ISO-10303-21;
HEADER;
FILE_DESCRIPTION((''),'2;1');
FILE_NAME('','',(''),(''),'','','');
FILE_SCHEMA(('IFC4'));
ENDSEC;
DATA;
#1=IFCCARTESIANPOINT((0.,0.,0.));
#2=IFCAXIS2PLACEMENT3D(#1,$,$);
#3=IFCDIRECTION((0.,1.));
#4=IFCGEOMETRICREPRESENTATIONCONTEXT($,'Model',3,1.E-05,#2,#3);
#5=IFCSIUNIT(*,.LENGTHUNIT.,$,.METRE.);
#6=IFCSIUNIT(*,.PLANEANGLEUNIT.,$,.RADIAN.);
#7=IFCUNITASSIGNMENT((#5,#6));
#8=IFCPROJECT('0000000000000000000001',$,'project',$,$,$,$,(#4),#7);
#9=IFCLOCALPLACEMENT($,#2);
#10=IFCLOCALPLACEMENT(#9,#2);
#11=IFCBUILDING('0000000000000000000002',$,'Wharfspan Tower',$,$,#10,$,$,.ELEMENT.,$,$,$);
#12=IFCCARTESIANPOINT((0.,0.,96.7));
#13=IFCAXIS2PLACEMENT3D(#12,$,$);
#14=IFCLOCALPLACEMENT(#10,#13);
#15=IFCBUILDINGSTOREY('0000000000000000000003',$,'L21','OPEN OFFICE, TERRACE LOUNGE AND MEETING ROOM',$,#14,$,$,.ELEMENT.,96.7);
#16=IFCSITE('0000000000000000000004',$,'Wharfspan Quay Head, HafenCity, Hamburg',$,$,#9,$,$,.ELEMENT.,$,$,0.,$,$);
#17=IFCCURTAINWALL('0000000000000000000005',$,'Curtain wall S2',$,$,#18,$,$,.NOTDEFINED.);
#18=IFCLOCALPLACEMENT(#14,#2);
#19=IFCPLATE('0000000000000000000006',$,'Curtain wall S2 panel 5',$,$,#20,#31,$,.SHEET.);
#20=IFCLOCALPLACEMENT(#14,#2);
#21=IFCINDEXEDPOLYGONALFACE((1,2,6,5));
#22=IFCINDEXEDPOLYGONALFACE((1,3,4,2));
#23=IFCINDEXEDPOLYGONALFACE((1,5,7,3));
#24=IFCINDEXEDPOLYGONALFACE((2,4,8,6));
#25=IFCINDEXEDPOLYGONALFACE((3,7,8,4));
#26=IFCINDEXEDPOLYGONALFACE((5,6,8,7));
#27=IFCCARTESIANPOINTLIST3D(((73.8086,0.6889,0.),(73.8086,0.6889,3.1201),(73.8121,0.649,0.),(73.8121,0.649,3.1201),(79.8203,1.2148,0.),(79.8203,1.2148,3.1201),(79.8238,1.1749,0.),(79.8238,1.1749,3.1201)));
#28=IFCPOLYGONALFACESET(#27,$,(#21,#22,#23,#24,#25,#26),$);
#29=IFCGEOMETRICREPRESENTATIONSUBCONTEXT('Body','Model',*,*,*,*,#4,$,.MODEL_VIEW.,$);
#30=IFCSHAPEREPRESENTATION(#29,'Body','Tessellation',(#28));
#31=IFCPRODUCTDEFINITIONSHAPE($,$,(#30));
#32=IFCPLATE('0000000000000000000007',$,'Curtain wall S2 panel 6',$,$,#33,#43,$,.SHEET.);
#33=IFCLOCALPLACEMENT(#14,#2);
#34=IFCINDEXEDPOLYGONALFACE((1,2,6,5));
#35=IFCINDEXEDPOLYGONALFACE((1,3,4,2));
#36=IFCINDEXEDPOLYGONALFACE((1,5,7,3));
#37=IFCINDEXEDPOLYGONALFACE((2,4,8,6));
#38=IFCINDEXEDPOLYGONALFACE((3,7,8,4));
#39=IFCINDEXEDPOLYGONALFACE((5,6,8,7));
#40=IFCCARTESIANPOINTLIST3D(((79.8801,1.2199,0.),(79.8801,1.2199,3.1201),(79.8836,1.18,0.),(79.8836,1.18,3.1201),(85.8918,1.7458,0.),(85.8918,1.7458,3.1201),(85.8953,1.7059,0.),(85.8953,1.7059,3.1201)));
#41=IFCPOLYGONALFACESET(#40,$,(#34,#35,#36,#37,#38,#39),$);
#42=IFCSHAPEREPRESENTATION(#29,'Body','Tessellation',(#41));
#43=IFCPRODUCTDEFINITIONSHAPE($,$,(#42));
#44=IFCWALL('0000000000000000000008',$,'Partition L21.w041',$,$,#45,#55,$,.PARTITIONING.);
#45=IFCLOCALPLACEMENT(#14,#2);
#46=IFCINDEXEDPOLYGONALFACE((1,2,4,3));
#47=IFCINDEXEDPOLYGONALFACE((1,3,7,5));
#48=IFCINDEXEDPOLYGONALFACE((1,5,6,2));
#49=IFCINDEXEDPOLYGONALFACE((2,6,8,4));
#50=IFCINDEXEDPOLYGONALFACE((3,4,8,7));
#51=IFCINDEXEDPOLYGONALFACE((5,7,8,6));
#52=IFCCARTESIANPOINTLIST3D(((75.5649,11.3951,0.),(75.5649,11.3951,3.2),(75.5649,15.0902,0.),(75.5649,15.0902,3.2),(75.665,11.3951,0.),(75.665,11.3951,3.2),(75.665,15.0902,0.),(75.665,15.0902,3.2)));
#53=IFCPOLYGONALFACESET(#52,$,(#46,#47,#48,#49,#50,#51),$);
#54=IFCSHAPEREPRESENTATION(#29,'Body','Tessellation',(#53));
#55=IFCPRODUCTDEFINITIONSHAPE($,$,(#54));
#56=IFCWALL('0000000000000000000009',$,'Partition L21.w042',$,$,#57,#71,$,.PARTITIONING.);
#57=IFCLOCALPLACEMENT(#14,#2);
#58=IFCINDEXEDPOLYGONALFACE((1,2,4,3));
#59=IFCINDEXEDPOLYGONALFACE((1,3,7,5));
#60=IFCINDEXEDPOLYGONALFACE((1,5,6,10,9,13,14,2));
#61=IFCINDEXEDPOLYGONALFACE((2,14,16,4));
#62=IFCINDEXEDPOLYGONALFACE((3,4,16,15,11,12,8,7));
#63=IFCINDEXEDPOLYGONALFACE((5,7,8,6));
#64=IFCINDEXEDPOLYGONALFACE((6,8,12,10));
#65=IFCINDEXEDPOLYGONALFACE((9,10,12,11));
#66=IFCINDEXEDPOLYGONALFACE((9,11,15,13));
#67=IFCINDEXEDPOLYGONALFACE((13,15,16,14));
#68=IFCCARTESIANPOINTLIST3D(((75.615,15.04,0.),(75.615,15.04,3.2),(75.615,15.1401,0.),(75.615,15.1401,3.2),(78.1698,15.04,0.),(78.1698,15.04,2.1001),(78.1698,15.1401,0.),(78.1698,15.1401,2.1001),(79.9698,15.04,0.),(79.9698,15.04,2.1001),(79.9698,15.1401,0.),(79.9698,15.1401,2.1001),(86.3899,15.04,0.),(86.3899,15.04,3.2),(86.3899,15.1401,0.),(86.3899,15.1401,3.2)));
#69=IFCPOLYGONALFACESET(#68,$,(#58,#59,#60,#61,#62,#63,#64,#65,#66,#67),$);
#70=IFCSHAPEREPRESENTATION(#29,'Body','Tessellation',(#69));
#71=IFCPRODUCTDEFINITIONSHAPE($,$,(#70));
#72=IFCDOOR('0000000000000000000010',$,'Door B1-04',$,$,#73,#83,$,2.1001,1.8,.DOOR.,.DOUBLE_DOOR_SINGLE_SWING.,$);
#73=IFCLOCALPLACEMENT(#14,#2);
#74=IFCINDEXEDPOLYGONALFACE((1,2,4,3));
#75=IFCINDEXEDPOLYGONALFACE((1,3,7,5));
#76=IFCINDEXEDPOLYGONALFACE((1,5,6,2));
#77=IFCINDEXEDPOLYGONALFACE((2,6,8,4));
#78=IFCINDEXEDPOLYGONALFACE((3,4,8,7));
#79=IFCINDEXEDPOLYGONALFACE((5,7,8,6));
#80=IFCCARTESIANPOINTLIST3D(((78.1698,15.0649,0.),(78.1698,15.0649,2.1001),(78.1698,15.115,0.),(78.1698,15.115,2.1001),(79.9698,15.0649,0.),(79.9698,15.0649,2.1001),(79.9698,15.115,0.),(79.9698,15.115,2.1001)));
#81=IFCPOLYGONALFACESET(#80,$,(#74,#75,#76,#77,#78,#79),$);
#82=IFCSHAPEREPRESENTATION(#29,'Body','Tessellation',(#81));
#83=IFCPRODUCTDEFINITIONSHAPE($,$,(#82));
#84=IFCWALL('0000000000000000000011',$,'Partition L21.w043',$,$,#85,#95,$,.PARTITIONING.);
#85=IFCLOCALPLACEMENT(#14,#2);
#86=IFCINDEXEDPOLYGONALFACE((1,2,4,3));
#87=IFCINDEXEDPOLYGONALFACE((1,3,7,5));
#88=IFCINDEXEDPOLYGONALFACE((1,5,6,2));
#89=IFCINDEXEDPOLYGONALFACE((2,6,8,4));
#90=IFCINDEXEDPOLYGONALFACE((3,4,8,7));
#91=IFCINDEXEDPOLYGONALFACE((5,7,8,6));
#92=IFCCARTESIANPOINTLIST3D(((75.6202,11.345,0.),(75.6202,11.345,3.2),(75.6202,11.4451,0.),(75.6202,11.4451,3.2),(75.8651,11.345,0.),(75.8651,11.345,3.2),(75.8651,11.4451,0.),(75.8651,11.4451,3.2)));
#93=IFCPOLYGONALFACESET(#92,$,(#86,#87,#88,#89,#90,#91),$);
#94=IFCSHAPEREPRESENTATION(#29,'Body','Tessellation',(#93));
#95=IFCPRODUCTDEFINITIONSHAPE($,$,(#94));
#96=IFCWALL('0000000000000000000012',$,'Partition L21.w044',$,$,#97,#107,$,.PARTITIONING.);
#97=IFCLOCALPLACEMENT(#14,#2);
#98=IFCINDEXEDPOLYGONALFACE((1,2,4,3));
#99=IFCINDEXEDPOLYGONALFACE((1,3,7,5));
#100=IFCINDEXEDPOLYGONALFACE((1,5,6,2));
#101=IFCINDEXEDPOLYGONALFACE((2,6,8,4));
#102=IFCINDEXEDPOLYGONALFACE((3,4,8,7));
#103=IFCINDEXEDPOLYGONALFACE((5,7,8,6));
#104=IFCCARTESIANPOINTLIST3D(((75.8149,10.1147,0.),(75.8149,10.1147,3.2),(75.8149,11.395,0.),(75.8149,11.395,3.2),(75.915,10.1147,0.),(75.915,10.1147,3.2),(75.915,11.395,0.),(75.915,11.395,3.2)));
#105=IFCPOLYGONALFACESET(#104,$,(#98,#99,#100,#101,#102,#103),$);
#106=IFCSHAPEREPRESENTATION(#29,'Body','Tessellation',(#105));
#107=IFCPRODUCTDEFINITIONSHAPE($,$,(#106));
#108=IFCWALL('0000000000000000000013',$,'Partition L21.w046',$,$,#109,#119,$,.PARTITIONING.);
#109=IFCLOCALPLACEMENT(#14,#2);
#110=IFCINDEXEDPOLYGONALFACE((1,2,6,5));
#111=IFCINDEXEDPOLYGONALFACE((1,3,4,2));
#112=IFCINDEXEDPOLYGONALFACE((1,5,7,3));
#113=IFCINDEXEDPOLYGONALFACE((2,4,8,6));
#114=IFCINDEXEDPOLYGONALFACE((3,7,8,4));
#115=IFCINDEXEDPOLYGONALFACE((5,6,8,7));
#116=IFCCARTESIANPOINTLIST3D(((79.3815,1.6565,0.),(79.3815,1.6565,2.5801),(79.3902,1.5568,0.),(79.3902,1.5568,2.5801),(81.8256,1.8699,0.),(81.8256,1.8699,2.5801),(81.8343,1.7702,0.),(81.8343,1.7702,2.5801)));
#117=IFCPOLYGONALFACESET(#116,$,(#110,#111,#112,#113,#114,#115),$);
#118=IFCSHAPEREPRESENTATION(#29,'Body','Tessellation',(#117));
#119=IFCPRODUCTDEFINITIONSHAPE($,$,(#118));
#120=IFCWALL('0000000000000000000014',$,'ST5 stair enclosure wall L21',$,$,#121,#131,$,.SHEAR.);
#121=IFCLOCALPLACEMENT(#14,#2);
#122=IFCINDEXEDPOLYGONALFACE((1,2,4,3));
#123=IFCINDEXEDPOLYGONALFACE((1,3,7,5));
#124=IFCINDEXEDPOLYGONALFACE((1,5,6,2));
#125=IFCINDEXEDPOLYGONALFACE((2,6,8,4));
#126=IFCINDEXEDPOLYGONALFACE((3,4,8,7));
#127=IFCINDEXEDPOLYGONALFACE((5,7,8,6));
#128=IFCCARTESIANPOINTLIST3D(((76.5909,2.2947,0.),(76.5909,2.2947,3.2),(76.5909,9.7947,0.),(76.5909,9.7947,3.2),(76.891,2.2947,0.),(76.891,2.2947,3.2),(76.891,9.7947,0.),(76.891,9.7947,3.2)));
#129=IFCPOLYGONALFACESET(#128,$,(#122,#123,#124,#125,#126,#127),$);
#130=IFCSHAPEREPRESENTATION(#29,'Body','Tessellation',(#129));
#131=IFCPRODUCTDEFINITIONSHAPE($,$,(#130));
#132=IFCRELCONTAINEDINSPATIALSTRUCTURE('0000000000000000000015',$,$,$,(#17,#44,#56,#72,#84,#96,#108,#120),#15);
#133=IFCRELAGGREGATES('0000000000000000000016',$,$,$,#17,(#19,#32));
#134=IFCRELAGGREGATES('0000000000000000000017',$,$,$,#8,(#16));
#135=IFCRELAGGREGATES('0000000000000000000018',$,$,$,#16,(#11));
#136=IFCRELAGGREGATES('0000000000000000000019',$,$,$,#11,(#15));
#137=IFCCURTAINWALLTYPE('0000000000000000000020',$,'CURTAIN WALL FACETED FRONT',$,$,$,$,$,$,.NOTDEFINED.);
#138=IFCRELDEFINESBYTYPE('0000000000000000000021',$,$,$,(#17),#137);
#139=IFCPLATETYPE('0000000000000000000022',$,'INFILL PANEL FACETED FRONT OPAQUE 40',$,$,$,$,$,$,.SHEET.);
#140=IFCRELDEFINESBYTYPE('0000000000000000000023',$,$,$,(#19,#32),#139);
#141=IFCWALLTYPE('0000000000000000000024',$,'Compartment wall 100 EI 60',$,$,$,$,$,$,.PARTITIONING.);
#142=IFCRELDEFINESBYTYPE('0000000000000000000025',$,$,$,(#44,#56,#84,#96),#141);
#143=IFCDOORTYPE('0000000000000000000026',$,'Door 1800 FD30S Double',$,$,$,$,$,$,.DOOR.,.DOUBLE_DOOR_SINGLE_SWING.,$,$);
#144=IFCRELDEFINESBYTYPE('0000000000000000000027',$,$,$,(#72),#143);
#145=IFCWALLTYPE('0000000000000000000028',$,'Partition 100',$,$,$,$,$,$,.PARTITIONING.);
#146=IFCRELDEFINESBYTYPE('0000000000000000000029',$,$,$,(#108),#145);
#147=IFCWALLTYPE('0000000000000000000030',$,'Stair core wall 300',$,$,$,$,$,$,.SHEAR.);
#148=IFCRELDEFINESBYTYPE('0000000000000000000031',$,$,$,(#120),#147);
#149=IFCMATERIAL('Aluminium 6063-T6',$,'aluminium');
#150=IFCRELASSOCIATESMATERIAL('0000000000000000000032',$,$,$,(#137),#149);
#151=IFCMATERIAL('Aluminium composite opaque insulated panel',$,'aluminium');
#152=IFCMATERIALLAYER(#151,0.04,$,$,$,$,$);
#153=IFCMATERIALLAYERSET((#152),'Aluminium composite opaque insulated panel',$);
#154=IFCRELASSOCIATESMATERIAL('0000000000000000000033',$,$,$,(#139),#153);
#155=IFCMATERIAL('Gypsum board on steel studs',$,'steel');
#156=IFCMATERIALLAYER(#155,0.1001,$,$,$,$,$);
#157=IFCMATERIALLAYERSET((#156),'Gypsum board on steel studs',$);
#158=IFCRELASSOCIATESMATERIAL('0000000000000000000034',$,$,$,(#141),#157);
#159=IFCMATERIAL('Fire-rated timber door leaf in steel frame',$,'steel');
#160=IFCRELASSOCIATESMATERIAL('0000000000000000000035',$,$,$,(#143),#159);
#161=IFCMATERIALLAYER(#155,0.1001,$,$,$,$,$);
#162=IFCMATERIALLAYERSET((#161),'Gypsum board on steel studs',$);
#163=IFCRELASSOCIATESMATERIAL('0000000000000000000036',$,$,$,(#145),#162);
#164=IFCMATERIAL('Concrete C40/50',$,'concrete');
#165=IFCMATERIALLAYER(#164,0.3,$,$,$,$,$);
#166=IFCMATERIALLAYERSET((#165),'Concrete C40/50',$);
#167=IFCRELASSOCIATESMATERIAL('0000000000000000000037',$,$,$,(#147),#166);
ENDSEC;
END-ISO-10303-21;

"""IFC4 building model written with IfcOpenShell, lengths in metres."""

from ifc_helpers import new_model, si_unit, direction, frame, frame_2d, origin, origin_2d, place, context, subcontext, project, spatial, rectangle, extrude, material, layer, layer_set, type_object, element, fill, aggregate, save


model = new_model("IFC4")

# Units and contexts
model_context = context("Model", 3, precision=1e-05, world=origin(), true_north=direction((0.0, 1.0)))
body_context = subcontext(model_context, "Body", "Model", "MODEL_VIEW")
ifc_project = project(units=[si_unit("LENGTHUNIT", "METRE"), si_unit("PLANEANGLEUNIT", "RADIAN")], contexts=[model_context])

# Site, building, storey
site_placement = place(None, origin())
site = spatial("IfcSite", under=ifc_project, at=site_placement, Name="Wharfspan Quay Head, HafenCity, Hamburg", CompositionType="ELEMENT", RefElevation=0.0)
building_placement = place(site_placement, origin())
building = spatial("IfcBuilding", under=site, at=building_placement, Name="Wharfspan Tower", CompositionType="ELEMENT")
storey_placement = place(building_placement, frame((0.0, 0.0, 96.7)))
storey = spatial("IfcBuildingStorey", under=building, at=storey_placement, Name="L21", Description="OPEN OFFICE, TERRACE LOUNGE AND MEETING ROOM", CompositionType="ELEMENT", Elevation=96.7)

# Curtain wall
ifc_material_1 = material(Name="Aluminium 6063-T6", Category="aluminium")
curtain_wall_type = type_object("IfcCurtainWallType", Name="CURTAIN WALL FACETED FRONT", PredefinedType="NOTDEFINED", material=ifc_material_1)
curtain_wall_placement = place(storey_placement, origin())
curtain_wall = element("IfcCurtainWall", 1, at=curtain_wall_placement, inside=storey, type_object=curtain_wall_type, Name="Curtain wall S2", PredefinedType="NOTDEFINED")

# Plates
ifc_material_2 = material(Name="Aluminium composite opaque insulated panel", Category="aluminium")
ifc_layer_1 = layer(ifc_material_2, 0.04)
ifc_layer_set_1 = layer_set([ifc_layer_1], Name="Aluminium composite opaque insulated panel")
plate_type = type_object("IfcPlateType", Name="INFILL PANEL FACETED FRONT OPAQUE 40", PredefinedType="SHEET", material=ifc_layer_set_1)
plate_1_placement = place(storey_placement, frame((76.8162, 0.9319, 0.0), z_axis=(0.0, 0.0, 1.0), x_axis=(0.996198, 0.087156, 0.0)))
plate_1 = element("IfcPlate", 2, at=plate_1_placement, type_object=plate_type, Name="Curtain wall S2 panel 5", PredefinedType="SHEET", context=body_context, shape_type="SweptSolid", body=[
    extrude(rectangle(XDim=6.0347, YDim=0.04, at=origin_2d()), origin(), (0.0, 0.0, 1.0), 3.1201),
])
plate_2_placement = place(storey_placement, frame((82.8877, 1.4629, 0.0), z_axis=(0.0, 0.0, 1.0), x_axis=(0.996198, 0.087156, 0.0)))
plate_2 = element("IfcPlate", 3, at=plate_2_placement, type_object=plate_type, Name="Curtain wall S2 panel 6", PredefinedType="SHEET", context=body_context, shape_type="SweptSolid", body=[
    extrude(rectangle(XDim=6.0347, YDim=0.04, at=origin_2d()), origin(), (0.0, 0.0, 1.0), 3.1201),
])
aggregate(curtain_wall, [plate_1, plate_2])

# Wall
ifc_material_3 = material(Name="Gypsum board on steel studs", Category="steel")
ifc_layer_2 = layer(ifc_material_3, 0.1001)
ifc_layer_set_2 = layer_set([ifc_layer_2], Name="Gypsum board on steel studs")
wall_type_1 = type_object("IfcWallType", Name="Compartment wall 100 EI 60", PredefinedType="PARTITIONING", material=ifc_layer_set_2)
wall_1_placement = place(storey_placement, frame((75.615, 11.395, 0.0), z_axis=(0.0, 0.0, 1.0), x_axis=(0.0, 1.0, 0.0)))
element("IfcWall", 4, at=wall_1_placement, inside=storey, type_object=wall_type_1, Name="Partition L21.w041", PredefinedType="PARTITIONING", context=body_context, shape_type="SweptSolid", body=[
    extrude(rectangle(XDim=3.6951, YDim=0.1001, at=frame_2d((1.8477, 0.0))), origin(), (0.0, 0.0, 1.0), 3.2),
])

# Wall, opening, door
wall_2_placement = place(storey_placement, frame((75.615, 15.0901, 0.0), z_axis=(0.0, 0.0, 1.0), x_axis=(1.0, 0.0, 0.0)))
wall_2 = element("IfcWall", 5, at=wall_2_placement, inside=storey, type_object=wall_type_1, Name="Partition L21.w042", PredefinedType="PARTITIONING", context=body_context, shape_type="SweptSolid", body=[
    extrude(rectangle(XDim=10.7749, YDim=0.1001, at=frame_2d((5.3875, 0.0))), origin(), (0.0, 0.0, 1.0), 3.2),
])
opening_placement = place(wall_2_placement, frame((2.5549, 0.0, 0.0)))
opening = element("IfcOpeningElement", 6, at=opening_placement, cuts=wall_2, PredefinedType="OPENING", context=body_context, shape_type="SweptSolid", body=[
    extrude(rectangle(XDim=1.8, YDim=2.1001, at=frame_2d((0.8999, 1.05))), frame((0.0, 0.0601, 0.0), z_axis=(0.0, -1.0, 0.0), x_axis=(1.0, 0.0, 0.0)), (0.0, 0.0, 1.0), 0.1201),
])
ifc_material_4 = material(Name="Fire-rated timber door leaf in steel frame", Category="steel")
door_type = type_object("IfcDoorType", Name="Door 1800 FD30S Double", OperationType="DOUBLE_DOOR_SINGLE_SWING", PredefinedType="DOOR", material=ifc_material_4)
door_placement = place(opening_placement, origin())
door = element("IfcDoor", 7, at=door_placement, inside=storey, type_object=door_type, Name="Door B1-04", OperationType="DOUBLE_DOOR_SINGLE_SWING", OverallHeight=2.1001, OverallWidth=1.8, PredefinedType="DOOR", context=body_context, shape_type="SweptSolid", body=[
    extrude(rectangle(XDim=1.8, YDim=2.1001, at=frame_2d((0.8999, 1.05))), frame((0.0, 0.0249, 0.0), z_axis=(0.0, -1.0, 0.0), x_axis=(1.0, 0.0, 0.0)), (0.0, 0.0, 1.0), 0.05),
])
fill(opening, door)

# Walls
wall_3_placement = place(storey_placement, frame((75.6201, 11.395, 0.0), z_axis=(0.0, 0.0, 1.0), x_axis=(1.0, 0.0, 0.0)))
element("IfcWall", 8, at=wall_3_placement, inside=storey, type_object=wall_type_1, Name="Partition L21.w043", PredefinedType="PARTITIONING", context=body_context, shape_type="SweptSolid", body=[
    extrude(rectangle(XDim=0.2449, YDim=0.1001, at=frame_2d((0.1226, 0.0))), origin(), (0.0, 0.0, 1.0), 3.2),
])
wall_4_placement = place(storey_placement, frame((75.865, 10.1147, 0.0), z_axis=(0.0, 0.0, 1.0), x_axis=(0.0, 1.0, 0.0)))
element("IfcWall", 9, at=wall_4_placement, inside=storey, type_object=wall_type_1, Name="Partition L21.w044", PredefinedType="PARTITIONING", context=body_context, shape_type="SweptSolid", body=[
    extrude(rectangle(XDim=1.2803, YDim=0.1001, at=frame_2d((0.6401, 0.0))), origin(), (0.0, 0.0, 1.0), 3.2),
])
ifc_layer_3 = layer(ifc_material_3, 0.1001)
ifc_layer_set_3 = layer_set([ifc_layer_3], Name="Gypsum board on steel studs")
wall_type_2 = type_object("IfcWallType", Name="Partition 100", PredefinedType="PARTITIONING", material=ifc_layer_set_3)
wall_5_placement = place(storey_placement, frame((79.386, 1.6067, 0.0), z_axis=(0.0, 0.0, 1.0), x_axis=(0.996209, 0.086973, 0.0)))
element("IfcWall", 10, at=wall_5_placement, inside=storey, type_object=wall_type_2, Name="Partition L21.w046", PredefinedType="PARTITIONING", context=body_context, shape_type="SweptSolid", body=[
    extrude(rectangle(XDim=2.4534, YDim=0.1001, at=frame_2d((1.2266, 0.0))), origin(), (0.0, 0.0, 1.0), 2.5801),
])
ifc_material_5 = material(Name="Concrete C40/50", Category="concrete")
ifc_layer_4 = layer(ifc_material_5, 0.3)
ifc_layer_set_4 = layer_set([ifc_layer_4], Name="Concrete C40/50")
wall_type_3 = type_object("IfcWallType", Name="Stair core wall 300", PredefinedType="SHEAR", material=ifc_layer_set_4)
wall_6_placement = place(storey_placement, frame((76.741, 2.2947, 0.0), z_axis=(0.0, 0.0, 1.0), x_axis=(0.0, 1.0, 0.0)))
element("IfcWall", 11, at=wall_6_placement, inside=storey, type_object=wall_type_3, Name="ST5 stair enclosure wall L21", PredefinedType="SHEAR", context=body_context, shape_type="SweptSolid", body=[
    extrude(rectangle(XDim=7.5, YDim=0.3, at=frame_2d((3.75, 0.0))), origin(), (0.0, 0.0, 1.0), 3.2),
])

save(model, "model.ifc")
